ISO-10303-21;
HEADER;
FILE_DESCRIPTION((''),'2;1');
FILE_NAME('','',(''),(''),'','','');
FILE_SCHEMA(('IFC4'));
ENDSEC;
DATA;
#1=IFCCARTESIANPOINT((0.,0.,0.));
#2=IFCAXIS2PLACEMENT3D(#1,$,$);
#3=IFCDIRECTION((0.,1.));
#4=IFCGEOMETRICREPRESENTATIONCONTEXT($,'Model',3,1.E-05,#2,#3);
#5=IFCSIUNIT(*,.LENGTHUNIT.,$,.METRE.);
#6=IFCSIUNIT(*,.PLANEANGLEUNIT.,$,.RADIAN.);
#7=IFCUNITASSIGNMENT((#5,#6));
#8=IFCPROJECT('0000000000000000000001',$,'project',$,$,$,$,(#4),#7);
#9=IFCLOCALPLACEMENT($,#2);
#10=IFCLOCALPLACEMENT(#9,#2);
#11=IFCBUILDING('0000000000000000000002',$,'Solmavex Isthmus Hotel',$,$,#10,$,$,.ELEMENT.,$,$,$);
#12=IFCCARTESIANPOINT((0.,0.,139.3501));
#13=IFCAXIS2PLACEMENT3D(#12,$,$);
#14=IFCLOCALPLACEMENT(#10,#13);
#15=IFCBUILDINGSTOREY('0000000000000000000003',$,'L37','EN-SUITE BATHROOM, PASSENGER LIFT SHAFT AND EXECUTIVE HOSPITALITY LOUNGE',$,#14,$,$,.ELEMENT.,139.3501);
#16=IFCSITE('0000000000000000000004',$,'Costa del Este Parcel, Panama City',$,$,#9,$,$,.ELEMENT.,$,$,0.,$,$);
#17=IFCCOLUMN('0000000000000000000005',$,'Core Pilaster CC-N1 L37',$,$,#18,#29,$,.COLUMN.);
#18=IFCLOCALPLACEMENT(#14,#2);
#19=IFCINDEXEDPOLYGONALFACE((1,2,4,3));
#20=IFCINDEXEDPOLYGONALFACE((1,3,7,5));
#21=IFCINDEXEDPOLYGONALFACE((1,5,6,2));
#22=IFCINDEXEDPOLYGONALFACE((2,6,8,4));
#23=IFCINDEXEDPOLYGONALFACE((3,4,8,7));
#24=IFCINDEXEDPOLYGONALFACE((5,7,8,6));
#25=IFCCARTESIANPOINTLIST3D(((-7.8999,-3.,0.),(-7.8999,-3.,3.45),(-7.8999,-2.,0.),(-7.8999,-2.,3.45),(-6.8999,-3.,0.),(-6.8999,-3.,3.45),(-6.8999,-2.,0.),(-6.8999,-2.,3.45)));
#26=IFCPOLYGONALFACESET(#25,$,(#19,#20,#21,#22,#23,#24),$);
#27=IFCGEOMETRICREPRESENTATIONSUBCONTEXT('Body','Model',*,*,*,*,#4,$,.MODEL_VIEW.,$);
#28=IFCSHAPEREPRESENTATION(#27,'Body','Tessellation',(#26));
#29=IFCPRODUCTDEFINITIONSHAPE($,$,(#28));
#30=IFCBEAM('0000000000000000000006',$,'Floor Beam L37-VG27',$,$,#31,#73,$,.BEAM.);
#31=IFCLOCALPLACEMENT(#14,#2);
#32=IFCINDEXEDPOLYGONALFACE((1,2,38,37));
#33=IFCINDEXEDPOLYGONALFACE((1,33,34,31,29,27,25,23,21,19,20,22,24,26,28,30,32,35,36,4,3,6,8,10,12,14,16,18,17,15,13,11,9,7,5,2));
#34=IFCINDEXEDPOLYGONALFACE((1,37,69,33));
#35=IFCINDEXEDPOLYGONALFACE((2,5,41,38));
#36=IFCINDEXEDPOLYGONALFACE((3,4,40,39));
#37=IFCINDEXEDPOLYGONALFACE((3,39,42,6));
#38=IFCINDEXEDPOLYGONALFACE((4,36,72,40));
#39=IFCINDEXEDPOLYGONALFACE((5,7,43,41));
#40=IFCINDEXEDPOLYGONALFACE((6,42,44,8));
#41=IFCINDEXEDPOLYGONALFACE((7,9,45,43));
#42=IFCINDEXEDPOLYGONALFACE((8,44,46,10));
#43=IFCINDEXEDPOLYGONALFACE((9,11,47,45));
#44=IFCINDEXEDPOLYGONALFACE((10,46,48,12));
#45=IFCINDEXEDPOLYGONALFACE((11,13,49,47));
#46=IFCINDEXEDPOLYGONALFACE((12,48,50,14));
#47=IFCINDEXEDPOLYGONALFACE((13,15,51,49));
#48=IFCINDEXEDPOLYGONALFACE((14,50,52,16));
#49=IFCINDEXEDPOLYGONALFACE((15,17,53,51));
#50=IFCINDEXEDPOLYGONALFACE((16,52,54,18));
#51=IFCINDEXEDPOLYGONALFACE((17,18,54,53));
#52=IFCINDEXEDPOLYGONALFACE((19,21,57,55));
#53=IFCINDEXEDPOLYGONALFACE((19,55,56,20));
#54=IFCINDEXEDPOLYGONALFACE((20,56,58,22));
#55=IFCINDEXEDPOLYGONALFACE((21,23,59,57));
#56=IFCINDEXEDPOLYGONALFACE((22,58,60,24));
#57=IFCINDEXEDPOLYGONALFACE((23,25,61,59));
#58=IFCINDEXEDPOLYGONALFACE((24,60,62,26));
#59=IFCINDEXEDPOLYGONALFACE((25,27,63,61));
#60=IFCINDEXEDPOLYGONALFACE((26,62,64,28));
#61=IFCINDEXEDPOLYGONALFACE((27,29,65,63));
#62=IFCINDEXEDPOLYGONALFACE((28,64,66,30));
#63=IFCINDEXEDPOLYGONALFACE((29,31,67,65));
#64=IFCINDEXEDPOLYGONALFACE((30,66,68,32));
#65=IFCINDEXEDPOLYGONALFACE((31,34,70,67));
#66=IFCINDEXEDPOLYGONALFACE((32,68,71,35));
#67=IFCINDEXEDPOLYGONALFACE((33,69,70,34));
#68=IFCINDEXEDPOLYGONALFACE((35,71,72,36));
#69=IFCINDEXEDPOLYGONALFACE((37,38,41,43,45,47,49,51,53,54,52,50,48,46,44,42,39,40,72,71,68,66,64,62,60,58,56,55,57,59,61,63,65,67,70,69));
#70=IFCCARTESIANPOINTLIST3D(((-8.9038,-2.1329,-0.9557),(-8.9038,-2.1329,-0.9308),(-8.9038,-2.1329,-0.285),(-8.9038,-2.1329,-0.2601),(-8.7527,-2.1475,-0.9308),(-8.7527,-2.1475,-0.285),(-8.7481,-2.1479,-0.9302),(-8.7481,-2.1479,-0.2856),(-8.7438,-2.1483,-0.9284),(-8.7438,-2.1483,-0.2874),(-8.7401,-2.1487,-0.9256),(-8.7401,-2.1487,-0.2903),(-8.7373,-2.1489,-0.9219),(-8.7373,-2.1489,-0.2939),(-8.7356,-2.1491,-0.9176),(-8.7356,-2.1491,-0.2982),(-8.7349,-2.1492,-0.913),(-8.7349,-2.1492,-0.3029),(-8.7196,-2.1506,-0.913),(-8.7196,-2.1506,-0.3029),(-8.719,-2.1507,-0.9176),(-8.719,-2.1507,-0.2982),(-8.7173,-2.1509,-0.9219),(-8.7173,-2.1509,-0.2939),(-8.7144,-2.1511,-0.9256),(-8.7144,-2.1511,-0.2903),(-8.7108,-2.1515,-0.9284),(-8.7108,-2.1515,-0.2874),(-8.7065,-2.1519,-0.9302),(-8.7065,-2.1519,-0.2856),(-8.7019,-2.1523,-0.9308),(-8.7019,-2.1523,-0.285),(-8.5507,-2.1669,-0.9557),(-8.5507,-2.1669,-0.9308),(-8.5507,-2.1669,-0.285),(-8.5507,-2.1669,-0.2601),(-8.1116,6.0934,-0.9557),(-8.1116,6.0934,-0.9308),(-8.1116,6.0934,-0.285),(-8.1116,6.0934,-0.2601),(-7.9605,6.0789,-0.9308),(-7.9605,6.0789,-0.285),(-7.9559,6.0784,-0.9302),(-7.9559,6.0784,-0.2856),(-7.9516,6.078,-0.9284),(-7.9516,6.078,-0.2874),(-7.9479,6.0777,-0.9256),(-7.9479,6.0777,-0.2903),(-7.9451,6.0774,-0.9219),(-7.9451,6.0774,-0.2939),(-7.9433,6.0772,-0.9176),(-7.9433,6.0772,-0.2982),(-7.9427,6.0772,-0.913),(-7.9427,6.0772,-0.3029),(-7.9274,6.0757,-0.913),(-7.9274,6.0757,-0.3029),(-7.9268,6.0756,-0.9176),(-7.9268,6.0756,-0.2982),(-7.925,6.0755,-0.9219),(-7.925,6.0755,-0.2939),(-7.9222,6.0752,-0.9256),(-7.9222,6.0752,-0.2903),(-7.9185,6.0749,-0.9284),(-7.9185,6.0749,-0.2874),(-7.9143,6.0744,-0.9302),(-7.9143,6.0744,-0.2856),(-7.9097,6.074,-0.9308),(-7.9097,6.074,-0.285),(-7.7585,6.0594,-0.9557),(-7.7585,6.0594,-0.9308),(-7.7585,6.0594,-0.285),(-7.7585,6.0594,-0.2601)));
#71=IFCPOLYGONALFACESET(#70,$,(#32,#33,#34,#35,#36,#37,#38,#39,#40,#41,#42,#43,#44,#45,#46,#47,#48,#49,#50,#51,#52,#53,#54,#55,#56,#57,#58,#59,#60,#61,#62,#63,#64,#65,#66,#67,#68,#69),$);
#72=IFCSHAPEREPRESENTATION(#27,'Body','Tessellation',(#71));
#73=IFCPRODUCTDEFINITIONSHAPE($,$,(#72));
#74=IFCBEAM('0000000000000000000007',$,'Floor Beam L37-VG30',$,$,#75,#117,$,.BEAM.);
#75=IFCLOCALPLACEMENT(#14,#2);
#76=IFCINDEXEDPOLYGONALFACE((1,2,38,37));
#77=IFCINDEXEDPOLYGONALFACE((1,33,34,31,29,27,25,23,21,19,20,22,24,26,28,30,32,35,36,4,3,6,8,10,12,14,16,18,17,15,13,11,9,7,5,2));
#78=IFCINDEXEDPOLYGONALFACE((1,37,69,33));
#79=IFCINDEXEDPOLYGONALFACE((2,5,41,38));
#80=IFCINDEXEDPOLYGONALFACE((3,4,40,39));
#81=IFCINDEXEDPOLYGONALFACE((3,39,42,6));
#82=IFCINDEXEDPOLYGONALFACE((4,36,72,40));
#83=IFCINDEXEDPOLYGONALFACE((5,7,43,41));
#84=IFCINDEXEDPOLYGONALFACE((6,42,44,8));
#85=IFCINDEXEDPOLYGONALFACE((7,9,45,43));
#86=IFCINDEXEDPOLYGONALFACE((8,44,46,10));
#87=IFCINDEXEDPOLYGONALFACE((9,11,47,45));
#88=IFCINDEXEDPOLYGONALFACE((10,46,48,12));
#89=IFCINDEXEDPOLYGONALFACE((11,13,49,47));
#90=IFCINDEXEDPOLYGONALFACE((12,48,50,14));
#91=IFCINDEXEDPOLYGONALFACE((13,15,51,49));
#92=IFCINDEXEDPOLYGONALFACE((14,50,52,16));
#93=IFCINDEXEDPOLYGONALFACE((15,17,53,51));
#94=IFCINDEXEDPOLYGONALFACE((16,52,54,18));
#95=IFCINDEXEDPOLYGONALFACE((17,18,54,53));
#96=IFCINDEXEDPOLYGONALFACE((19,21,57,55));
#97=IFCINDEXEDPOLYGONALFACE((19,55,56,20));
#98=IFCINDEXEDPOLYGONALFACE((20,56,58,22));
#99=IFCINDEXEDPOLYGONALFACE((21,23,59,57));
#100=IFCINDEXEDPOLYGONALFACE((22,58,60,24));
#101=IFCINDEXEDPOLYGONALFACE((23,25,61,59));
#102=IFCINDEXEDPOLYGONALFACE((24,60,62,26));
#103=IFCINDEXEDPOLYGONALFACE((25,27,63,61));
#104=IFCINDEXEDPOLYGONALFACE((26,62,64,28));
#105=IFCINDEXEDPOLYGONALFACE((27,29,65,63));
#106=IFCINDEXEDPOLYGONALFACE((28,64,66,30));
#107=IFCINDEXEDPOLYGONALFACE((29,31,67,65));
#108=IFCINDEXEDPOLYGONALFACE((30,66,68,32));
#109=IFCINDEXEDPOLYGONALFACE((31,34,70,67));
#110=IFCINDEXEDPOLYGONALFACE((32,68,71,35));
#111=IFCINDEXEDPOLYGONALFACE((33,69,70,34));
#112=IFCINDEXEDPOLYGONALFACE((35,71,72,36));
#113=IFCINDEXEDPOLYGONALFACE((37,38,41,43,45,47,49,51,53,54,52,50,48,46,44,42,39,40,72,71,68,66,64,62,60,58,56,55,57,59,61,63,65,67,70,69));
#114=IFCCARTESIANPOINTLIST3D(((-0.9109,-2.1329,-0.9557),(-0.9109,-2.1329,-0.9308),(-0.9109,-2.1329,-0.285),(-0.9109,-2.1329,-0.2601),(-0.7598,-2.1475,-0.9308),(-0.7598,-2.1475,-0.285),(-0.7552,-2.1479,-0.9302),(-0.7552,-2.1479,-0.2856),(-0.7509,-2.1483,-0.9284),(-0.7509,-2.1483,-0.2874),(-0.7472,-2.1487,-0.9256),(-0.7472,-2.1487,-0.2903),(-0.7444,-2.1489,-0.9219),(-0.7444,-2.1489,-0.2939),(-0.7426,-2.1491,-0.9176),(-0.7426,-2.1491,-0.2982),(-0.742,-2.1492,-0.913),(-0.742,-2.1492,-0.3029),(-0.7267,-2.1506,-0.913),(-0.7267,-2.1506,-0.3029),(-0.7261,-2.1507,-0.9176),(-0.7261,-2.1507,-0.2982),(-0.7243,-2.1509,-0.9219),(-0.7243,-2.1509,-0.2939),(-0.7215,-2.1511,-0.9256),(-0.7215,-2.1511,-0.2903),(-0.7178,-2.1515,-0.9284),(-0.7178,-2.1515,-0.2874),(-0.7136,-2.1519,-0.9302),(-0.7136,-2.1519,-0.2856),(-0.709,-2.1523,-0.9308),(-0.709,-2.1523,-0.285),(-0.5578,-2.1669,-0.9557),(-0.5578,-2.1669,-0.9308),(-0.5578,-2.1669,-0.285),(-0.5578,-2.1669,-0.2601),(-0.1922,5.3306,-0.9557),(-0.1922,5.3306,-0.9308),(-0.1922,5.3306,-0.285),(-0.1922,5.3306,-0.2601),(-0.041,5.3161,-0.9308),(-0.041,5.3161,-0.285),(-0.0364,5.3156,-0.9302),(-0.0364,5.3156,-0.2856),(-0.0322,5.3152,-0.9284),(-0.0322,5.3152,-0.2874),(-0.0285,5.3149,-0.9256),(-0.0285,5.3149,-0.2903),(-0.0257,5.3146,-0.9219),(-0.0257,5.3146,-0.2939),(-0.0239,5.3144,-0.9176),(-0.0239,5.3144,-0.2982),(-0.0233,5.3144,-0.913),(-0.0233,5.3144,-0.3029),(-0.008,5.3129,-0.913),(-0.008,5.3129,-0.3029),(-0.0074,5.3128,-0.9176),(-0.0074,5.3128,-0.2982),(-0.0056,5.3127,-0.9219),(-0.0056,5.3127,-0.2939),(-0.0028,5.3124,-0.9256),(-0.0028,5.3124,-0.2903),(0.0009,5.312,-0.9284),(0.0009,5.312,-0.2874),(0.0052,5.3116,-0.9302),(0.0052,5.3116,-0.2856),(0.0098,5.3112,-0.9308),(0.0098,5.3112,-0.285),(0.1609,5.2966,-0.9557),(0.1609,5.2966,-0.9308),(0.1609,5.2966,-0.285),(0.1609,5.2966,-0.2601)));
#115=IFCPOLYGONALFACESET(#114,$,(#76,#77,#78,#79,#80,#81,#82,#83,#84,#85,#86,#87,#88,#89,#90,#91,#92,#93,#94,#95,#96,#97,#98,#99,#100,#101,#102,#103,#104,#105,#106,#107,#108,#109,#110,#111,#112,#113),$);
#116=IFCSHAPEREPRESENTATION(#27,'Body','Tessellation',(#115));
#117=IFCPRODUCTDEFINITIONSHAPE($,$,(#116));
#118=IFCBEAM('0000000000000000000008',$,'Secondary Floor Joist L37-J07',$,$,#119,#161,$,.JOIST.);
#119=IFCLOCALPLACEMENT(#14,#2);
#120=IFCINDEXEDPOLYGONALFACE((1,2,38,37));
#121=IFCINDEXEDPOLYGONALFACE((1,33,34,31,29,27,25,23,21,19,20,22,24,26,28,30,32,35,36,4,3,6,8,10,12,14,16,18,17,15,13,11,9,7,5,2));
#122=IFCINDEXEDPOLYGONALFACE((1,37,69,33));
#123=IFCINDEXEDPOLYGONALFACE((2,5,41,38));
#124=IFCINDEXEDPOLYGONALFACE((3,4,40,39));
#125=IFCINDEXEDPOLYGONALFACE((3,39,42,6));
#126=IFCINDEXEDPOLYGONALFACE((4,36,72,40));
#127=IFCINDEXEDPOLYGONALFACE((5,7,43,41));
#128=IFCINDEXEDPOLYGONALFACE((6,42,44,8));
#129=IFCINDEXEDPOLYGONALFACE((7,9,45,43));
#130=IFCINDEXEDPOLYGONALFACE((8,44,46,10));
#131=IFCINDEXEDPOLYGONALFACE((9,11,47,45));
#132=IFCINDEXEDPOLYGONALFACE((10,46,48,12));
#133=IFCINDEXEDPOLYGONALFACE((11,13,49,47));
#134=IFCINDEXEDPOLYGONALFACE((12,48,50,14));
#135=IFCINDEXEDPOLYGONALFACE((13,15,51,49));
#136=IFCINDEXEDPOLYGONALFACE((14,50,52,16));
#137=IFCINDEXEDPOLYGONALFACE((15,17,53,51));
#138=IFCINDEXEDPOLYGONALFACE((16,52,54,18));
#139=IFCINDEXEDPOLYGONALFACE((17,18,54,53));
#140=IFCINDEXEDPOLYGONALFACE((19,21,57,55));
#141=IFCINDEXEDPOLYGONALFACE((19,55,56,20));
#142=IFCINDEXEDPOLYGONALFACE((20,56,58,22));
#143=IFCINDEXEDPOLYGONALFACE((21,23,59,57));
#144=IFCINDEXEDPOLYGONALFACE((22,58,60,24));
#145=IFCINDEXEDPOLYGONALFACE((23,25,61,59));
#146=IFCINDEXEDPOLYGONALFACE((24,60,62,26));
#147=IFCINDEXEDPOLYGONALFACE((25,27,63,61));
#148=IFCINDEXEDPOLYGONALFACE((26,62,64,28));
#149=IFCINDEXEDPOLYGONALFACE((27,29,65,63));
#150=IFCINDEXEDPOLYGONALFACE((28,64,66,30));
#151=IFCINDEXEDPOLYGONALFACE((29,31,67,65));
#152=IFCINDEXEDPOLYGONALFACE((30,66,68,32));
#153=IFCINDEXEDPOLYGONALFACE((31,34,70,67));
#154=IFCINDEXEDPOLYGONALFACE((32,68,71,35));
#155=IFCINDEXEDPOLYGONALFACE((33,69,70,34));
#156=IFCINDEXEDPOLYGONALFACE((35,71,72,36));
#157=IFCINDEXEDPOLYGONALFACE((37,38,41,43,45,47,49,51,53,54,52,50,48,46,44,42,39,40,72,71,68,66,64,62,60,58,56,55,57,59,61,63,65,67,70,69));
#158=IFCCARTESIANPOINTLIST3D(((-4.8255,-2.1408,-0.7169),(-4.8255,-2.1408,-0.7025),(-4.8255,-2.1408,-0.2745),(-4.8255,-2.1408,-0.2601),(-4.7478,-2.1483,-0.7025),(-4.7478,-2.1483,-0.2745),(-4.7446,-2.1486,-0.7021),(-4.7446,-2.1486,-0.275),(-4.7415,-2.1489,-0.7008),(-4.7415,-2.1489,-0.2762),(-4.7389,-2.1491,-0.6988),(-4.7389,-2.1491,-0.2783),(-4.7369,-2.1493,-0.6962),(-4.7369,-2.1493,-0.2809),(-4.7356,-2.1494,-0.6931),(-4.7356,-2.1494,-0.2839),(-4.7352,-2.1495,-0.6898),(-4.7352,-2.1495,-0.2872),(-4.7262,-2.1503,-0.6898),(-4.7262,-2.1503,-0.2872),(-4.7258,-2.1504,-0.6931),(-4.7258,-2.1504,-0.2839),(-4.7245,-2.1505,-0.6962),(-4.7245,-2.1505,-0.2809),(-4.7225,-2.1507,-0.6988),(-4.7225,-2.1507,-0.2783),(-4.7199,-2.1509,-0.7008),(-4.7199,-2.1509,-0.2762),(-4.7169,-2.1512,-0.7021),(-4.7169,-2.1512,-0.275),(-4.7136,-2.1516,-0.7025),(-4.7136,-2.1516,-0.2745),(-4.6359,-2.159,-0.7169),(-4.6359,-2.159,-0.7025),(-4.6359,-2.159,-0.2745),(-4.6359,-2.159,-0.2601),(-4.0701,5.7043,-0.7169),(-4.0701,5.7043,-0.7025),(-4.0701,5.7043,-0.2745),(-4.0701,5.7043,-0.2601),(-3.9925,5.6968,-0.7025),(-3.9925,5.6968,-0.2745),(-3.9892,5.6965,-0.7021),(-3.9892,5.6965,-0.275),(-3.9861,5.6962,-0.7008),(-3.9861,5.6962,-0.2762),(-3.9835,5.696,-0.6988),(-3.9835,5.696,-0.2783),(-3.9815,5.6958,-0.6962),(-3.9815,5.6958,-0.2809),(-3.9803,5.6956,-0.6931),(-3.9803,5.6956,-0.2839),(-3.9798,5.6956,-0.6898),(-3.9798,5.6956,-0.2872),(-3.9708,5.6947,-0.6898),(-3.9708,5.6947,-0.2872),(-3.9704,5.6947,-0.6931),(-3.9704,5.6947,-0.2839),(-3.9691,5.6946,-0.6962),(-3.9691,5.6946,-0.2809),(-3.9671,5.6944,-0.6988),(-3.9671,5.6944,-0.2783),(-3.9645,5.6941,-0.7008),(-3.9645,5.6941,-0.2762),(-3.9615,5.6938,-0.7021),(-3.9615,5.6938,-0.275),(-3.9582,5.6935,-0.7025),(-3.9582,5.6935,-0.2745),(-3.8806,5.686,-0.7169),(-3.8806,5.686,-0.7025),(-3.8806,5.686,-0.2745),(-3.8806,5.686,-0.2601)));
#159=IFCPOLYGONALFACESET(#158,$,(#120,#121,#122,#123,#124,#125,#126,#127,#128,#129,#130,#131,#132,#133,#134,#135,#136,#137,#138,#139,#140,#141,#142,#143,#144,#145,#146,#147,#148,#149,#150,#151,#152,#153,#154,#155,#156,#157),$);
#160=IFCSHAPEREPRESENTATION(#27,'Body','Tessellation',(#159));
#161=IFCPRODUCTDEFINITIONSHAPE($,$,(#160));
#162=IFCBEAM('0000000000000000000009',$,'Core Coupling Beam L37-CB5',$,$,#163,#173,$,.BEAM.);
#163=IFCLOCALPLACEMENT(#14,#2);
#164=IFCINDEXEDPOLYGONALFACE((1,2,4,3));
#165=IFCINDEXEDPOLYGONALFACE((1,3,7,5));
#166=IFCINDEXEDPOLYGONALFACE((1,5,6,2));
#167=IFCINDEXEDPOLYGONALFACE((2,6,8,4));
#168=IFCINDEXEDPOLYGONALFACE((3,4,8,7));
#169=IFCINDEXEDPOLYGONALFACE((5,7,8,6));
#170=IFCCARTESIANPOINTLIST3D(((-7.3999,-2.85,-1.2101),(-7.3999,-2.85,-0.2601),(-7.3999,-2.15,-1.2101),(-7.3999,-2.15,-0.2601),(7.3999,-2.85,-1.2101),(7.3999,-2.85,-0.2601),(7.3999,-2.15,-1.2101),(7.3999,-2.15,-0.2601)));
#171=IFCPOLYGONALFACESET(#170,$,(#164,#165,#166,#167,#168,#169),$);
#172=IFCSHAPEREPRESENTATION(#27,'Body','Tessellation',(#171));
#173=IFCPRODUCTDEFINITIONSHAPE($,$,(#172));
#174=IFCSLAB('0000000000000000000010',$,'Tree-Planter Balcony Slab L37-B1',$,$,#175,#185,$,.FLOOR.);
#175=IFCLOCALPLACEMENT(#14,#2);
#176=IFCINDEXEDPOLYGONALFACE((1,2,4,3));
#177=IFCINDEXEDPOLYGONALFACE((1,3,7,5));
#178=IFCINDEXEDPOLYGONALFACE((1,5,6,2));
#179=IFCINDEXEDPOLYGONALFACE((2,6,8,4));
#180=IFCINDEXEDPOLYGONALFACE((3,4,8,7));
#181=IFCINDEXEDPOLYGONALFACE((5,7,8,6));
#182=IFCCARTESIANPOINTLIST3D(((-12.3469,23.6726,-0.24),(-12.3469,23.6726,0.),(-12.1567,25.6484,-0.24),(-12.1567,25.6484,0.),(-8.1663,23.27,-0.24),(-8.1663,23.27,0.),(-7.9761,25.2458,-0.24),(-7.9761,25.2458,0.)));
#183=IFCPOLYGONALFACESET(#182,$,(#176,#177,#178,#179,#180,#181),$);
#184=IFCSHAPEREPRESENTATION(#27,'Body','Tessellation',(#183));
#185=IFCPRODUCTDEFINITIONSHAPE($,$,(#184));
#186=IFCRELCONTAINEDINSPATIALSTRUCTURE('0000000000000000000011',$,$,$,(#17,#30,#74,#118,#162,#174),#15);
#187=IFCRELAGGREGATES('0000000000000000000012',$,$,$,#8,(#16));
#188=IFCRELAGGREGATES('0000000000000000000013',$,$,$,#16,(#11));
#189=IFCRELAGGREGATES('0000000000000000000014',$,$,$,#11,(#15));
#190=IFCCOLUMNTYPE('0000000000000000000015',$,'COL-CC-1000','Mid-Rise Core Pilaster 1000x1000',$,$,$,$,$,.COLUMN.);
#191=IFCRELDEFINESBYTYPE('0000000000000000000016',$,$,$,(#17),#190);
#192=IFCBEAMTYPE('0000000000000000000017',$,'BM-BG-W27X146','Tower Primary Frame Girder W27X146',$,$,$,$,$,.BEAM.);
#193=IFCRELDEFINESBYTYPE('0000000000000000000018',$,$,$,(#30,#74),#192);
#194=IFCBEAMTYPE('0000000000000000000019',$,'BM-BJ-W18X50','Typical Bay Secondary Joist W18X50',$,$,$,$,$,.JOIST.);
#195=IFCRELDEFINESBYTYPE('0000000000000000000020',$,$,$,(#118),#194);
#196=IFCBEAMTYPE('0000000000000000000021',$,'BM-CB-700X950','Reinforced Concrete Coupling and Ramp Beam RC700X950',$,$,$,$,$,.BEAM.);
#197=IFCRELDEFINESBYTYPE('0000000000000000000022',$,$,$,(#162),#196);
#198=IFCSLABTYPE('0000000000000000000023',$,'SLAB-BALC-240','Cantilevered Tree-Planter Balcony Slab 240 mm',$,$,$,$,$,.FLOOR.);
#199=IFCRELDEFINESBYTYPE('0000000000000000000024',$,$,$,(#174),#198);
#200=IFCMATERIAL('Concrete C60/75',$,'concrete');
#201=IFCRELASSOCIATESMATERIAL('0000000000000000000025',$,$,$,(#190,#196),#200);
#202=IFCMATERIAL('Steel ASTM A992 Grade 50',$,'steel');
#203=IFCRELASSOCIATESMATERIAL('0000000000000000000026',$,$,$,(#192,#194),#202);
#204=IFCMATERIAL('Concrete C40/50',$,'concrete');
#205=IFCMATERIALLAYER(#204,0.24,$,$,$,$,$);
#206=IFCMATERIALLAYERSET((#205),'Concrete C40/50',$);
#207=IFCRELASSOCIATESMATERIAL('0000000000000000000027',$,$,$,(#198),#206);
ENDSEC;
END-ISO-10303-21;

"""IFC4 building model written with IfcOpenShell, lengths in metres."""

from ifc_helpers import new_model, si_unit, direction, frame, origin, origin_2d, place, context, subcontext, project, spatial, polyline, rectangle, i_section, outline, extrude, material, layer, layer_set, material_profile, profile_set, type_object, element, save


model = new_model("IFC4")

# Units and contexts
model_context = context("Model", 3, precision=1e-05, world=origin(), true_north=direction((0.0, 1.0)))
body_context = subcontext(model_context, "Body", "Model", "MODEL_VIEW")
ifc_project = project(units=[si_unit("LENGTHUNIT", "METRE"), si_unit("PLANEANGLEUNIT", "RADIAN")], contexts=[model_context])

# Site, building, storey
site_placement = place(None, origin())
site = spatial("IfcSite", under=ifc_project, at=site_placement, Name="Costa del Este Parcel, Panama City", CompositionType="ELEMENT", RefElevation=0.0)
building_placement = place(site_placement, origin())
building = spatial("IfcBuilding", under=site, at=building_placement, Name="Solmavex Isthmus Hotel", CompositionType="ELEMENT")
storey_placement = place(building_placement, frame((0.0, 0.0, 139.3501)))
storey = spatial("IfcBuildingStorey", under=building, at=storey_placement, Name="L37", Description="EN-SUITE BATHROOM, PASSENGER LIFT SHAFT AND EXECUTIVE HOSPITALITY LOUNGE", CompositionType="ELEMENT", Elevation=139.3501)

# Column
ifc_material_1 = material(Name="Concrete C60/75", Category="concrete")
ifc_material_profile_1 = material_profile(ifc_material_1, rectangle(XDim=1.0, YDim=1.0, at=origin_2d()), Name="RC1000X1000")
ifc_profile_set_1 = profile_set([ifc_material_profile_1], Name="Concrete C60/75")
column_type = type_object("IfcColumnType", Name="COL-CC-1000", Description="Mid-Rise Core Pilaster 1000x1000", PredefinedType="COLUMN", material=ifc_profile_set_1)
column_placement = place(storey_placement, frame((-7.3999, -2.5, 0.0), z_axis=(0.0, 0.0, 1.0), x_axis=(1.0, 0.0, 0.0)))
element("IfcColumn", 1, at=column_placement, inside=storey, type_object=column_type, Name="Core Pilaster CC-N1 L37", PredefinedType="COLUMN", context=body_context, shape_type="SweptSolid", body=[
    extrude(rectangle(XDim=1.0, YDim=1.0, at=origin_2d()), origin(), (0.0, 0.0, 1.0), 3.45),
])

# Beams
ifc_material_2 = material(Name="Steel ASTM A992 Grade 50", Category="steel")
ifc_material_profile_2 = material_profile(ifc_material_2, i_section(OverallWidth=0.3547, OverallDepth=0.6956, WebThickness=0.0154, FlangeThickness=0.0249, FilletRadius=0.0178, at=origin_2d()), Name="W27X146")
ifc_profile_set_2 = profile_set([ifc_material_profile_2], Name="Steel ASTM A992 Grade 50")
beam_type_1 = type_object("IfcBeamType", Name="BM-BG-W27X146", Description="Tower Primary Frame Girder W27X146", PredefinedType="BEAM", material=ifc_profile_set_2)
beam_1_placement = place(storey_placement, frame((-8.7273, -2.1499, -0.6079), z_axis=(0.095862, 0.995395, 0.0), x_axis=(-0.995395, 0.095862, 0.0)))
element("IfcBeam", 2, at=beam_1_placement, inside=storey, type_object=beam_type_1, Name="Floor Beam L37-VG27", PredefinedType="BEAM", context=body_context, shape_type="SweptSolid", body=[
    extrude(i_section(OverallWidth=0.3547, OverallDepth=0.6956, WebThickness=0.0154, FlangeThickness=0.0249, FilletRadius=0.0178, at=origin_2d()), origin(), (0.0, 0.0, 1.0), 8.2644),
])
beam_2_placement = place(storey_placement, frame((-0.7344, -2.1499, -0.6079), z_axis=(0.095857, 0.995395, 0.0), x_axis=(-0.995395, 0.095857, 0.0)))
element("IfcBeam", 3, at=beam_2_placement, inside=storey, type_object=beam_type_1, Name="Floor Beam L37-VG30", PredefinedType="BEAM", context=body_context, shape_type="SweptSolid", body=[
    extrude(i_section(OverallWidth=0.3547, OverallDepth=0.6956, WebThickness=0.0154, FlangeThickness=0.0249, FilletRadius=0.0178, at=origin_2d()), origin(), (0.0, 0.0, 1.0), 7.498),
])
ifc_material_profile_3 = material_profile(ifc_material_2, i_section(OverallWidth=0.1904, OverallDepth=0.4568, WebThickness=0.009, FlangeThickness=0.0144, FilletRadius=0.0127, at=origin_2d()), Name="W18X50")
ifc_profile_set_3 = profile_set([ifc_material_profile_3], Name="Steel ASTM A992 Grade 50")
beam_type_2 = type_object("IfcBeamType", Name="BM-BJ-W18X50", Description="Typical Bay Secondary Joist W18X50", PredefinedType="JOIST", material=ifc_profile_set_3)
beam_3_placement = place(storey_placement, frame((-4.7307, -2.1499, -0.4885), z_axis=(0.095844, 0.995396, 0.0), x_axis=(-0.995396, 0.095844, 0.0)))
element("IfcBeam", 4, at=beam_3_placement, inside=storey, type_object=beam_type_2, Name="Secondary Floor Joist L37-J07", PredefinedType="JOIST", context=body_context, shape_type="SweptSolid", body=[
    extrude(i_section(OverallWidth=0.1904, OverallDepth=0.4568, WebThickness=0.009, FlangeThickness=0.0144, FilletRadius=0.0127, at=origin_2d()), origin(), (0.0, 0.0, 1.0), 7.8813),
])
ifc_material_profile_4 = material_profile(ifc_material_1, rectangle(XDim=0.7, YDim=0.95, at=origin_2d()), Name="RC700X950")
ifc_profile_set_4 = profile_set([ifc_material_profile_4], Name="Concrete C60/75")
beam_type_3 = type_object("IfcBeamType", Name="BM-CB-700X950", Description="Reinforced Concrete Coupling and Ramp Beam RC700X950", PredefinedType="BEAM", material=ifc_profile_set_4)
beam_4_placement = place(storey_placement, frame((-7.3999, -2.5, -0.7351), z_axis=(1.0, 0.0, 0.0), x_axis=(0.0, 1.0, 0.0)))
element("IfcBeam", 5, at=beam_4_placement, inside=storey, type_object=beam_type_3, Name="Core Coupling Beam L37-CB5", PredefinedType="BEAM", context=body_context, shape_type="SweptSolid", body=[
    extrude(rectangle(XDim=0.7, YDim=0.95, at=origin_2d()), origin(), (0.0, 0.0, 1.0), 14.7998),
])

# Slab
ifc_material_3 = material(Name="Concrete C40/50", Category="concrete")
ifc_layer_1 = layer(ifc_material_3, 0.24)
ifc_layer_set_1 = layer_set([ifc_layer_1], Name="Concrete C40/50")
slab_type_1 = type_object("IfcSlabType", Name="SLAB-BALC-240", Description="Cantilevered Tree-Planter Balcony Slab 240 mm", PredefinedType="FLOOR", material=ifc_layer_set_1)
slab_1_placement = place(storey_placement, frame((0.0, 0.0, -0.24)))
element("IfcSlab", 6, at=slab_1_placement, inside=storey, type_object=slab_type_1, Name="Tree-Planter Balcony Slab L37-B1", PredefinedType="FLOOR", context=body_context, shape_type="SweptSolid", body=[
    extrude(outline(polyline([(-12.3469, 23.6726), (-8.1663, 23.27), (-7.9761, 25.2458), (-12.1567, 25.6484), (-12.3469, 23.6726)])), origin(), (0.0, 0.0, 1.0), 0.24),
])

save(model, "model.ifc")
